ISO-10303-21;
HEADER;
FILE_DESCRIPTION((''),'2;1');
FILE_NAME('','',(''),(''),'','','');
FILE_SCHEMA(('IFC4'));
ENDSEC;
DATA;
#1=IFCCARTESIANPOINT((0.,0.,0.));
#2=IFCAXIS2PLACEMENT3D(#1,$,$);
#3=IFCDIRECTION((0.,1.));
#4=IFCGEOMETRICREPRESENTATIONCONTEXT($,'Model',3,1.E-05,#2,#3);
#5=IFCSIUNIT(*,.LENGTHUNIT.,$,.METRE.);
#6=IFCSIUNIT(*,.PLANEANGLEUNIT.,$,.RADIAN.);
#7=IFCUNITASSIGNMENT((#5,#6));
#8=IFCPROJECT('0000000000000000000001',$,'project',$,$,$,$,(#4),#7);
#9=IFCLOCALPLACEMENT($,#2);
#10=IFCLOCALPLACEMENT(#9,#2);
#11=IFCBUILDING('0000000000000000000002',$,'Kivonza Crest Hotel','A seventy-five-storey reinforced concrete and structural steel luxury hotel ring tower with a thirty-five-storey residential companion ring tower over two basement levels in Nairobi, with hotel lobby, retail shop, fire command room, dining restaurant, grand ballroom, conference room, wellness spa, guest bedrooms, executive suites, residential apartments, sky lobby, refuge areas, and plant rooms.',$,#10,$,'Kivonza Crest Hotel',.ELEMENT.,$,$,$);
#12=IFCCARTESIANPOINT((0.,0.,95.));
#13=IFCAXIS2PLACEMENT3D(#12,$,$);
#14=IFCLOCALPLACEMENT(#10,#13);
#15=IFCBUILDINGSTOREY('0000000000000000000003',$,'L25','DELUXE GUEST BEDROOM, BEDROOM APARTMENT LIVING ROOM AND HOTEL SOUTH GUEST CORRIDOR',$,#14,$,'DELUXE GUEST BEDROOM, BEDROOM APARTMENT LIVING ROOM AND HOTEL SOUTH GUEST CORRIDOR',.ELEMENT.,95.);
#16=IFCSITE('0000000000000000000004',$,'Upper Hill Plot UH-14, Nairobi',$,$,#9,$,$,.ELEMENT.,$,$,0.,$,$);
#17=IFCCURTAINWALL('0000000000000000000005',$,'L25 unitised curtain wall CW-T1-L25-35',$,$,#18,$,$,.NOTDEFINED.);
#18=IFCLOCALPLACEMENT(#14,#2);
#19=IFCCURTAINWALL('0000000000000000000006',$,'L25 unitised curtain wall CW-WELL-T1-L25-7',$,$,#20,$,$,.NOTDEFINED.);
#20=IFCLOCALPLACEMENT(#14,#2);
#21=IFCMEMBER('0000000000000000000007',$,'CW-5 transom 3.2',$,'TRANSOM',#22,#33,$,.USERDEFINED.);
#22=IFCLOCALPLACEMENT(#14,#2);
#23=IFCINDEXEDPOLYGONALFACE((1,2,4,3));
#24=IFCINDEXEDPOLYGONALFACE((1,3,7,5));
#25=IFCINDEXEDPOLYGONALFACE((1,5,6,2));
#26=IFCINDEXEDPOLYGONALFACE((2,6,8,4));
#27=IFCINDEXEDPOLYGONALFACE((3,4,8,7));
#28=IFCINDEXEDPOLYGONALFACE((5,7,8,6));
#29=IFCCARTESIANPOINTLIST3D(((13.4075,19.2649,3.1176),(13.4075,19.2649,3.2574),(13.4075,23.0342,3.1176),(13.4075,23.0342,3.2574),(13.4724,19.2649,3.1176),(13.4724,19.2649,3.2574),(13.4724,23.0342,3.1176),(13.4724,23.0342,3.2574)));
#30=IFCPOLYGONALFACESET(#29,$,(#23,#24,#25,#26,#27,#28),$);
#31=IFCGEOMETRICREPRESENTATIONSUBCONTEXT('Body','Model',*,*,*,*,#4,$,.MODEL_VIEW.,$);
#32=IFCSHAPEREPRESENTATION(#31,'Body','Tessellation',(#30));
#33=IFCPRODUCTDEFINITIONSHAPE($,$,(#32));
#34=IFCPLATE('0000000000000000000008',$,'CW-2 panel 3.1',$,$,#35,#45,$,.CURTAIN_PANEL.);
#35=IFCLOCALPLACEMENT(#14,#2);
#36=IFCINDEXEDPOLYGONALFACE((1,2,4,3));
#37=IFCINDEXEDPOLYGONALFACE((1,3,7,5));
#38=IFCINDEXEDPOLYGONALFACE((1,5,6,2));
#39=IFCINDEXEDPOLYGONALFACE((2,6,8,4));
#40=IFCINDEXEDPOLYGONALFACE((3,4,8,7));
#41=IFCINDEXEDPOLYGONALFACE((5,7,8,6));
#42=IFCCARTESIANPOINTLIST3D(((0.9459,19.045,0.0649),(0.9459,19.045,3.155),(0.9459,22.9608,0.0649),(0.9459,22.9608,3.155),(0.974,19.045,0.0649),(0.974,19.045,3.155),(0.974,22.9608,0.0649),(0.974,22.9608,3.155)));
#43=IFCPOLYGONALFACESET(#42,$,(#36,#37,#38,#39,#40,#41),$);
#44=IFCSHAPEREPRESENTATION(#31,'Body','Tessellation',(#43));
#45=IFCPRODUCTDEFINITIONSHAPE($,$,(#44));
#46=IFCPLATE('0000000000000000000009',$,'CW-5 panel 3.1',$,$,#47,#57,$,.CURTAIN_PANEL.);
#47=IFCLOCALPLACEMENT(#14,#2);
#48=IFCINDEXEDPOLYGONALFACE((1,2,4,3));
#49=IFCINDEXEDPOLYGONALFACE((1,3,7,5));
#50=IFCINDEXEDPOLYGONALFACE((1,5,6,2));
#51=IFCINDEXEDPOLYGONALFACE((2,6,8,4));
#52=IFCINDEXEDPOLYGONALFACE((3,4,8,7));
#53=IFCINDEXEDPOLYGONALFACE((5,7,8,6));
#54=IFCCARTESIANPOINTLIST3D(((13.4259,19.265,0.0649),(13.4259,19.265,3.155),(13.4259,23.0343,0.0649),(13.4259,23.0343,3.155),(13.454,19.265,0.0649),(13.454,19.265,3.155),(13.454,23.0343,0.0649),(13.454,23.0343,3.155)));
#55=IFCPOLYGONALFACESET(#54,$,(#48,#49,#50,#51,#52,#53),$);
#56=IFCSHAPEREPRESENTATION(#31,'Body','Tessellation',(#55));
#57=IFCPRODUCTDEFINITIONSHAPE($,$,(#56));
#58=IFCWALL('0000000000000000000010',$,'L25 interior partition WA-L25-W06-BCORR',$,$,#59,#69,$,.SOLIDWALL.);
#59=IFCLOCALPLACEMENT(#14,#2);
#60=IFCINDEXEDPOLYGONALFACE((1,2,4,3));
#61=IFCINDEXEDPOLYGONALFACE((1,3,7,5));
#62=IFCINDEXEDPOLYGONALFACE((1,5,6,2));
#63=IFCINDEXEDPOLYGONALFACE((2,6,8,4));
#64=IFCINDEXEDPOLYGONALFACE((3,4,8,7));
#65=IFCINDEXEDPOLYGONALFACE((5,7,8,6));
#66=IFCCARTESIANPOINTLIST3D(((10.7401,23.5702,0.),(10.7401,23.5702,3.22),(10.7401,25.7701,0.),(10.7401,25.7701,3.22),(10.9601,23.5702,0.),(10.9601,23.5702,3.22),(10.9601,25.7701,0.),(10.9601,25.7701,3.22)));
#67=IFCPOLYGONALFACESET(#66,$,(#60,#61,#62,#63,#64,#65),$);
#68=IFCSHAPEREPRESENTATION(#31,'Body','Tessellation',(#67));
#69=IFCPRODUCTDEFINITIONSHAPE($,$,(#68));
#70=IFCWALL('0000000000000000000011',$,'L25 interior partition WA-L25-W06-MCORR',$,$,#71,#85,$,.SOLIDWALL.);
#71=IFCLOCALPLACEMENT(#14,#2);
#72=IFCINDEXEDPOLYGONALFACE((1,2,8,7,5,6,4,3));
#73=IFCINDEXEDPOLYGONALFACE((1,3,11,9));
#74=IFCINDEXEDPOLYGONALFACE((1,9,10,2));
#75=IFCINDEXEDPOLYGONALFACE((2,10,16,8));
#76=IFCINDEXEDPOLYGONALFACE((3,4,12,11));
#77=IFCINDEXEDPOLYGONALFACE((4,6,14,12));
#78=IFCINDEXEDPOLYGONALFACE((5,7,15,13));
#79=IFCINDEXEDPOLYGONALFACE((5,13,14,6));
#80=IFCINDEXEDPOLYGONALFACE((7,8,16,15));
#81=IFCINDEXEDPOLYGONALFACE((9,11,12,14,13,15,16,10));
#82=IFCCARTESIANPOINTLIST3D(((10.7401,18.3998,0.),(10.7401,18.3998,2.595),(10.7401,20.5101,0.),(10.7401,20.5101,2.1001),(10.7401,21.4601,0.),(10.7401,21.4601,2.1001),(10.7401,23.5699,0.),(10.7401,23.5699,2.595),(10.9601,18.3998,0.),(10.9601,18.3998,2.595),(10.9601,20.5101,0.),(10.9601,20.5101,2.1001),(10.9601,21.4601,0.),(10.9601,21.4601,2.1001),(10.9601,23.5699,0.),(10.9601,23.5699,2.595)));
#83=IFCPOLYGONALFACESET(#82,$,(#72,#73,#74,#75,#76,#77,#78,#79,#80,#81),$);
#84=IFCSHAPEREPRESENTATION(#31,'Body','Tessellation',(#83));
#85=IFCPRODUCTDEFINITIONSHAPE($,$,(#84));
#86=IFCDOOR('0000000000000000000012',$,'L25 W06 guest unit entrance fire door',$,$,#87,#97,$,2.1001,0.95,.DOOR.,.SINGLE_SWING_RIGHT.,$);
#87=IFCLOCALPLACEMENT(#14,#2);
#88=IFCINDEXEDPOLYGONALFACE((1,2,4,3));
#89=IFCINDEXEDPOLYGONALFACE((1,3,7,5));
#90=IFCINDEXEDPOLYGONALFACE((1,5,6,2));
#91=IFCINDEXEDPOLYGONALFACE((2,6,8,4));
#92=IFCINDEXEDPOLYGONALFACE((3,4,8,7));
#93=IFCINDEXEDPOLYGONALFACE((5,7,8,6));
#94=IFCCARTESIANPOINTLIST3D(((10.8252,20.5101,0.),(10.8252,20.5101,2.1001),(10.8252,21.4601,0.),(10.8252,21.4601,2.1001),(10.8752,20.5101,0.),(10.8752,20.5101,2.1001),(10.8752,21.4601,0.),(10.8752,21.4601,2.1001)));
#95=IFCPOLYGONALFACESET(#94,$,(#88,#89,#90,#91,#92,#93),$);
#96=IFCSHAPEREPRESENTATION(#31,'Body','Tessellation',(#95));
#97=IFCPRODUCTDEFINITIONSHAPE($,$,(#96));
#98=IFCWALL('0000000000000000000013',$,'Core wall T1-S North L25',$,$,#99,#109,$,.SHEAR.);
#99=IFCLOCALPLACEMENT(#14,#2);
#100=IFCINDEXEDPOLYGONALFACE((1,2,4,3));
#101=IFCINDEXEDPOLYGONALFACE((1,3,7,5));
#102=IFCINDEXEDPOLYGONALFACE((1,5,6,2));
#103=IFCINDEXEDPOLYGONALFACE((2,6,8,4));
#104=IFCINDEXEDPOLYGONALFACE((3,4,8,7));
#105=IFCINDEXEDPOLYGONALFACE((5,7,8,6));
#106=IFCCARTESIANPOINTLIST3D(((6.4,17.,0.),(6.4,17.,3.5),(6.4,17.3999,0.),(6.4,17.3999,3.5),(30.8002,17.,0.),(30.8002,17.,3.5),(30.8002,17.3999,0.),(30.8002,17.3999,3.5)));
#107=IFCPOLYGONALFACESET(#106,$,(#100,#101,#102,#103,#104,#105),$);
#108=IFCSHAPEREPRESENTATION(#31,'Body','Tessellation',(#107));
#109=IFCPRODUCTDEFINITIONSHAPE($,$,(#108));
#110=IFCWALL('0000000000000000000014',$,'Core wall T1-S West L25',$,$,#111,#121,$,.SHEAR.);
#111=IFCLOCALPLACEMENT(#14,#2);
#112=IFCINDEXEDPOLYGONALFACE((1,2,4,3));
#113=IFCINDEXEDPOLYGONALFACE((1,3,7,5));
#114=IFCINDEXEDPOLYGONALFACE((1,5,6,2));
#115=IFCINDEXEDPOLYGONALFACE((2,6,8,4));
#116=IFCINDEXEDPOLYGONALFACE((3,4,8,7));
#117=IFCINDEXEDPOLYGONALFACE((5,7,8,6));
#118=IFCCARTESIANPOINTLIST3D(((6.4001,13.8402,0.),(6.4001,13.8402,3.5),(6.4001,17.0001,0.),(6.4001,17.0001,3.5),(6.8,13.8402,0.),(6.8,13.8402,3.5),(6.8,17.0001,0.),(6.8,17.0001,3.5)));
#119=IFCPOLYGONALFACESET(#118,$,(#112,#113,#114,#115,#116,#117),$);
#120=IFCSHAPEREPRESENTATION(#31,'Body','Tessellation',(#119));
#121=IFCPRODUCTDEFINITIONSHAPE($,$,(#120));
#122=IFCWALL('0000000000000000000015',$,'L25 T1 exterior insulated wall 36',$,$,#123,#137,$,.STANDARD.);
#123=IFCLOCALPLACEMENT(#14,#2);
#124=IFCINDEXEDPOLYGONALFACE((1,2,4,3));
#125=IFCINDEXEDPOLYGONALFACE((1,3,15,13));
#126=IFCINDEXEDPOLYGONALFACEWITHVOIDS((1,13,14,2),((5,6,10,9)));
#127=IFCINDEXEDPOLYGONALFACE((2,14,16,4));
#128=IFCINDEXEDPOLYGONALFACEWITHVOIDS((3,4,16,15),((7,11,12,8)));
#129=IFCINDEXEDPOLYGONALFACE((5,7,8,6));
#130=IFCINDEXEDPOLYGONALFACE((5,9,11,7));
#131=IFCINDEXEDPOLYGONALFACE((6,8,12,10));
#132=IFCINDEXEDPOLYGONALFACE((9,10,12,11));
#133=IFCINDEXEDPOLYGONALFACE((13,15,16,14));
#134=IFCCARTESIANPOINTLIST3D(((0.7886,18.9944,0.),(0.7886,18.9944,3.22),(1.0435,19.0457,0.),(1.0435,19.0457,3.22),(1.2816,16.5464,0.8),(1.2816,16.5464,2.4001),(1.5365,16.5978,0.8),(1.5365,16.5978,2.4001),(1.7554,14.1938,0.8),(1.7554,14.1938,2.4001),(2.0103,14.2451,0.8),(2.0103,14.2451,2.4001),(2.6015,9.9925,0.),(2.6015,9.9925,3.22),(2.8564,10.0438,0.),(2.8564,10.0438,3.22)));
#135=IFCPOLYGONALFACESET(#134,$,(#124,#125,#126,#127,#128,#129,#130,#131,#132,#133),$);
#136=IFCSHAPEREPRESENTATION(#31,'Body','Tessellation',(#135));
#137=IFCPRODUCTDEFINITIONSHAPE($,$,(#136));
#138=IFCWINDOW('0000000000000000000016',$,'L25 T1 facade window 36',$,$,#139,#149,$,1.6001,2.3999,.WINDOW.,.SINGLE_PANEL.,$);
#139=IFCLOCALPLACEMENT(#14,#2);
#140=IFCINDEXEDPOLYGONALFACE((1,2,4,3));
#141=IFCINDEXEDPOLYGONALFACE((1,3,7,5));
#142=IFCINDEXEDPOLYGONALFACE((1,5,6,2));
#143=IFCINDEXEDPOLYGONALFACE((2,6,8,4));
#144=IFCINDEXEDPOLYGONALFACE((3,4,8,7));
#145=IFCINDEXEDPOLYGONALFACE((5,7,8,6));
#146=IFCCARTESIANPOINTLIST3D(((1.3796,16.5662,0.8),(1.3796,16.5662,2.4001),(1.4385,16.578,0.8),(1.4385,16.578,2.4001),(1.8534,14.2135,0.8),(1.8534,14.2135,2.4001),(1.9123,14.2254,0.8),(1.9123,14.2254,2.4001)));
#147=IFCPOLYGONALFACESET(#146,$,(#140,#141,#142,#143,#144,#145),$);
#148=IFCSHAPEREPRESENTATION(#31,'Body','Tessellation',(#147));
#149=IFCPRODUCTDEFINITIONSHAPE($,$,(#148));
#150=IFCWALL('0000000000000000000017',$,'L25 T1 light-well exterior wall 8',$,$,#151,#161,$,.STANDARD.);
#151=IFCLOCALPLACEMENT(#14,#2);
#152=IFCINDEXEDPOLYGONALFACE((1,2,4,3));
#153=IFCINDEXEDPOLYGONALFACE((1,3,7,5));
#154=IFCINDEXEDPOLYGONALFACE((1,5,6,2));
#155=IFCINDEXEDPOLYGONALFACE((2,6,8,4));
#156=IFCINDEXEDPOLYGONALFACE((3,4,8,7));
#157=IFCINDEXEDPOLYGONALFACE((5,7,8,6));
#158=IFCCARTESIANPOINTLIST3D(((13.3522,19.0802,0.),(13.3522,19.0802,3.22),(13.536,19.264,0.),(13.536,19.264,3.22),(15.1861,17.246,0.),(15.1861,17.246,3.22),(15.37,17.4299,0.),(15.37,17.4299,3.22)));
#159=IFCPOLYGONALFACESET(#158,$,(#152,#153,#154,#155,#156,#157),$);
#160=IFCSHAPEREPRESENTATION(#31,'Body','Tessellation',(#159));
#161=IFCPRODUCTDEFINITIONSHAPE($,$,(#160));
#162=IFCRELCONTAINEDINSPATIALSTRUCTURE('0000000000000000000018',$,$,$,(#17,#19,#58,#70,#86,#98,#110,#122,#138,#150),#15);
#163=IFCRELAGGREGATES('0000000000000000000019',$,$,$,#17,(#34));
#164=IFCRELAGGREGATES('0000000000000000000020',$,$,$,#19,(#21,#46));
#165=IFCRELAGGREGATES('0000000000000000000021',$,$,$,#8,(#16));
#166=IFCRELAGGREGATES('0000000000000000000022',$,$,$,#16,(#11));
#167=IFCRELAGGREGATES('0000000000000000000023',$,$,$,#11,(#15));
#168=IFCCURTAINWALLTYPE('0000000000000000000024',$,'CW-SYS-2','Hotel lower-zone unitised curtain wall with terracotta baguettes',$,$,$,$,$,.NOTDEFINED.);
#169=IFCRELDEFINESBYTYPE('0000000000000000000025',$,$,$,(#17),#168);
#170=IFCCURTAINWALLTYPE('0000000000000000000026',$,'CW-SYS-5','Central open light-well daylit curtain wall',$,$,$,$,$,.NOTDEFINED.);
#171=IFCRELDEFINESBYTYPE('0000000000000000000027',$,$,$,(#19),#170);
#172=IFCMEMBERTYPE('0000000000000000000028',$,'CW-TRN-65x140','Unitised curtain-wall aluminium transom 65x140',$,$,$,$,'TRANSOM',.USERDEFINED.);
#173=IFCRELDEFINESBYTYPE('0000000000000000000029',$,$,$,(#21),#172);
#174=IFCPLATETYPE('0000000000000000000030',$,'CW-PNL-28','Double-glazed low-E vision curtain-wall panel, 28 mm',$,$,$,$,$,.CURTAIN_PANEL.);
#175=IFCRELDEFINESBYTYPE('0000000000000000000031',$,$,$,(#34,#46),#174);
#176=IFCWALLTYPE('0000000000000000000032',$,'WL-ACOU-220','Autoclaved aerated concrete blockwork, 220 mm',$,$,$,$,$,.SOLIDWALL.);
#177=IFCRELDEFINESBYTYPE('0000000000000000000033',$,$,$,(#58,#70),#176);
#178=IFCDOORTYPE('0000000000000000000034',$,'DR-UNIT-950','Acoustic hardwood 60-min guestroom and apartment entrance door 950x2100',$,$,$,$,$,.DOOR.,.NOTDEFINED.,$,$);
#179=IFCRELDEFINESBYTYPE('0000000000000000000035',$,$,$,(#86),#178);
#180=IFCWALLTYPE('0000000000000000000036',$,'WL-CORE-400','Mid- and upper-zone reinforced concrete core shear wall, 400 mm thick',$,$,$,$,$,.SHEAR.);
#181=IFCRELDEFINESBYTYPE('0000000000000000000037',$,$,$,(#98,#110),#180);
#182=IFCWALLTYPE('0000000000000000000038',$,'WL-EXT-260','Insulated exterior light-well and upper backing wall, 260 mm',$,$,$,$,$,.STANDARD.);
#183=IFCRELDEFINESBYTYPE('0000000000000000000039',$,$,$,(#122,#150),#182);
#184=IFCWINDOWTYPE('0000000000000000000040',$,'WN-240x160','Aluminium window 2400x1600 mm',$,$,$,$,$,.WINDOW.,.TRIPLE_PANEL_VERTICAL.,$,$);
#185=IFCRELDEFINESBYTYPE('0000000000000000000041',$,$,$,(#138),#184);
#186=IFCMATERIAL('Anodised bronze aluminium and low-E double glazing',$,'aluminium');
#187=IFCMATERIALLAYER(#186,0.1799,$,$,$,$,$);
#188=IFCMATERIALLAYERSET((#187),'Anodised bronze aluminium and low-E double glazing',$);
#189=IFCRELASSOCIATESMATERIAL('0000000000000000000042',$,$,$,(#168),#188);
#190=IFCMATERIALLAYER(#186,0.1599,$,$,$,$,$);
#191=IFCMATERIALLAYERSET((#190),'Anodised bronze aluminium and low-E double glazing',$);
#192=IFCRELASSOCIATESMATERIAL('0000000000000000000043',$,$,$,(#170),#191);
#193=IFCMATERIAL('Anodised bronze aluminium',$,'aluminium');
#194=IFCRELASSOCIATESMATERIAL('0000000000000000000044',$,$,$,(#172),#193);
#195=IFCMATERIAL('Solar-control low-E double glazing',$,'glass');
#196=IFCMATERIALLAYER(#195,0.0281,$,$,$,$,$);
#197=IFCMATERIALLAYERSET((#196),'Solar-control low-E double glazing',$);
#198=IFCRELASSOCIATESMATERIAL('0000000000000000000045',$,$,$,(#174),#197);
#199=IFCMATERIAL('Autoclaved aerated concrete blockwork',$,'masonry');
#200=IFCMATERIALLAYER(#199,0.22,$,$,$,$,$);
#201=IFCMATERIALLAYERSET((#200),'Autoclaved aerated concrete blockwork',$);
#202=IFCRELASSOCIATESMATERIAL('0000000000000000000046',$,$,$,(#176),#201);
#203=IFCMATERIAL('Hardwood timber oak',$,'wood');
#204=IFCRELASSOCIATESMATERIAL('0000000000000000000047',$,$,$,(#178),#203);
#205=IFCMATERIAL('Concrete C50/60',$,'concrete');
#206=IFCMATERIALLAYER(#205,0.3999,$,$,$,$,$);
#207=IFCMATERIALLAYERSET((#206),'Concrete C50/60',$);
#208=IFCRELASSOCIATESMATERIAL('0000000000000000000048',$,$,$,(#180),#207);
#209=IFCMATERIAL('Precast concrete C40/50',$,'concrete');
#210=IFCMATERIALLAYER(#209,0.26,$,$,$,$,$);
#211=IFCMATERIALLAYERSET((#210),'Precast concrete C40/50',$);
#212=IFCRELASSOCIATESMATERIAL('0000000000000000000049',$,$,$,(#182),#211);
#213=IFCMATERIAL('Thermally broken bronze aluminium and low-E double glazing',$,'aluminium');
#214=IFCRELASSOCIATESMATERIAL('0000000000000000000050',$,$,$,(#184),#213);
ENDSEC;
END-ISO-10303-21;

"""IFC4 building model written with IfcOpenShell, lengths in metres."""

from ifc_helpers import new_model, si_unit, direction, frame, frame_2d, origin, origin_2d, place, context, subcontext, project, spatial, rectangle, extrude, material, layer, layer_set, material_profile, profile_set, type_object, element, fill, aggregate, save


model = new_model("IFC4")

# Units and contexts
model_context = context("Model", 3, precision=1e-05, world=origin(), true_north=direction((0.0, 1.0)))
body_context = subcontext(model_context, "Body", "Model", "MODEL_VIEW")
ifc_project = project(units=[si_unit("LENGTHUNIT", "METRE"), si_unit("PLANEANGLEUNIT", "RADIAN")], contexts=[model_context])

# Site, building, storey
site_placement = place(None, origin())
site = spatial("IfcSite", under=ifc_project, at=site_placement, Name="Upper Hill Plot UH-14, Nairobi", CompositionType="ELEMENT", RefElevation=0.0)
building_placement = place(site_placement, origin())
building = spatial("IfcBuilding", under=site, at=building_placement, Name="Kivonza Crest Hotel", Description="A seventy-five-storey reinforced concrete and structural steel luxury hotel ring tower with a thirty-five-storey residential companion ring tower over two basement levels in Nairobi, with hotel lobby, retail shop, fire command room, dining restaurant, grand ballroom, conference room, wellness spa, guest bedrooms, executive suites, residential apartments, sky lobby, refuge areas, and plant rooms.", LongName="Kivonza Crest Hotel", CompositionType="ELEMENT")
storey_placement = place(building_placement, frame((0.0, 0.0, 95.0)))
storey = spatial("IfcBuildingStorey", under=building, at=storey_placement, Name="L25", Description="DELUXE GUEST BEDROOM, BEDROOM APARTMENT LIVING ROOM AND HOTEL SOUTH GUEST CORRIDOR", LongName="DELUXE GUEST BEDROOM, BEDROOM APARTMENT LIVING ROOM AND HOTEL SOUTH GUEST CORRIDOR", CompositionType="ELEMENT", Elevation=95.0)

# Shared definitions
ifc_material_1 = material(Name="Concrete C50/60", Category="concrete")

# Curtain walls
ifc_material_2 = material(Name="Anodised bronze aluminium and low-E double glazing", Category="aluminium")
ifc_layer_1 = layer(ifc_material_2, 0.1799)
ifc_layer_set_1 = layer_set([ifc_layer_1], Name="Anodised bronze aluminium and low-E double glazing")
curtain_wall_type_1 = type_object("IfcCurtainWallType", Name="CW-SYS-2", Description="Hotel lower-zone unitised curtain wall with terracotta baguettes", PredefinedType="NOTDEFINED", material=ifc_layer_set_1)
curtain_wall_1_placement = place(storey_placement, origin())
curtain_wall_1 = element("IfcCurtainWall", 1, at=curtain_wall_1_placement, inside=storey, type_object=curtain_wall_type_1, Name="L25 unitised curtain wall CW-T1-L25-35", PredefinedType="NOTDEFINED")
ifc_material_3 = material(Name="Anodised bronze aluminium", Category="aluminium")
ifc_layer_2 = layer(ifc_material_2, 0.1599)
ifc_layer_set_2 = layer_set([ifc_layer_2], Name="Anodised bronze aluminium and low-E double glazing")
curtain_wall_type_2 = type_object("IfcCurtainWallType", Name="CW-SYS-5", Description="Central open light-well daylit curtain wall", PredefinedType="NOTDEFINED", material=ifc_layer_set_2)
curtain_wall_2_placement = place(storey_placement, origin())
curtain_wall_2 = element("IfcCurtainWall", 2, at=curtain_wall_2_placement, inside=storey, type_object=curtain_wall_type_2, Name="L25 unitised curtain wall CW-WELL-T1-L25-7", PredefinedType="NOTDEFINED")

# Member
ifc_material_profile_1 = material_profile(ifc_material_3, rectangle(XDim=0.0649, YDim=0.1399, at=origin_2d()), Name="CW-T 65x140")
ifc_profile_set_1 = profile_set([ifc_material_profile_1], Name="Anodised bronze aluminium")
member_type_1 = type_object("IfcMemberType", Name="CW-TRN-65x140", Description="Unitised curtain-wall aluminium transom 65x140", ElementType="TRANSOM", PredefinedType="USERDEFINED", material=ifc_profile_set_1)
member_1_placement = place(storey_placement, frame((13.4399, 23.0342, 3.1875), z_axis=(0.0, -1.0, 0.0), x_axis=(1.0, 0.0, 0.0)))
member_1 = element("IfcMember", 3, at=member_1_placement, type_object=member_type_1, Name="CW-5 transom 3.2", ObjectType="TRANSOM", PredefinedType="USERDEFINED", context=body_context, shape_type="SweptSolid", body=[
    extrude(rectangle(XDim=0.0649, YDim=0.1399, at=origin_2d()), origin(), (0.0, 0.0, 1.0), 3.7693),
])

# Plates
ifc_material_4 = material(Name="Solar-control low-E double glazing", Category="glass")
ifc_layer_3 = layer(ifc_material_4, 0.0281)
ifc_layer_set_3 = layer_set([ifc_layer_3], Name="Solar-control low-E double glazing")
plate_type = type_object("IfcPlateType", Name="CW-PNL-28", Description="Double-glazed low-E vision curtain-wall panel, 28 mm", PredefinedType="CURTAIN_PANEL", material=ifc_layer_set_3)
plate_1_placement = place(storey_placement, frame((0.96, 21.0029, 0.0649), z_axis=(0.0, 0.0, 1.0), x_axis=(0.0, -1.0, 0.0)))
plate_1 = element("IfcPlate", 4, at=plate_1_placement, type_object=plate_type, Name="CW-2 panel 3.1", PredefinedType="CURTAIN_PANEL", context=body_context, shape_type="SweptSolid", body=[
    extrude(rectangle(XDim=3.9158, YDim=0.0281, at=origin_2d()), origin(), (0.0, 0.0, 1.0), 3.0901),
])
aggregate(curtain_wall_1, [plate_1])
plate_2_placement = place(storey_placement, frame((13.4399, 21.1497, 0.0649), z_axis=(0.0, 0.0, 1.0), x_axis=(0.0, -1.0, 0.0)))
plate_2 = element("IfcPlate", 5, at=plate_2_placement, type_object=plate_type, Name="CW-5 panel 3.1", PredefinedType="CURTAIN_PANEL", context=body_context, shape_type="SweptSolid", body=[
    extrude(rectangle(XDim=3.7693, YDim=0.0281, at=origin_2d()), origin(), (0.0, 0.0, 1.0), 3.0901),
])
aggregate(curtain_wall_2, [member_1, plate_2])

# Wall
ifc_material_5 = material(Name="Autoclaved aerated concrete blockwork", Category="masonry")
ifc_layer_4 = layer(ifc_material_5, 0.22)
ifc_layer_set_4 = layer_set([ifc_layer_4], Name="Autoclaved aerated concrete blockwork")
wall_type_1 = type_object("IfcWallType", Name="WL-ACOU-220", Description="Autoclaved aerated concrete blockwork, 220 mm", PredefinedType="SOLIDWALL", material=ifc_layer_set_4)
wall_1_placement = place(storey_placement, frame((10.8501, 23.5701, 0.0), z_axis=(0.0, 0.0, 1.0), x_axis=(0.0, 1.0, 0.0)))
element("IfcWall", 6, at=wall_1_placement, inside=storey, type_object=wall_type_1, Name="L25 interior partition WA-L25-W06-BCORR", PredefinedType="SOLIDWALL", context=body_context, shape_type="SweptSolid", body=[
    extrude(rectangle(XDim=2.2, YDim=0.22, at=frame_2d((1.1001, 0.0))), origin(), (0.0, 0.0, 1.0), 3.22),
])

# Wall, opening, door
wall_2_placement = place(storey_placement, frame((10.8501, 18.3999, 0.0), z_axis=(0.0, 0.0, 1.0), x_axis=(0.0, 1.0, 0.0)))
wall_2 = element("IfcWall", 7, at=wall_2_placement, inside=storey, type_object=wall_type_1, Name="L25 interior partition WA-L25-W06-MCORR", PredefinedType="SOLIDWALL", context=body_context, shape_type="SweptSolid", body=[
    extrude(rectangle(XDim=5.1702, YDim=0.22, at=frame_2d((2.585, 0.0))), origin(), (0.0, 0.0, 1.0), 2.595),
])
opening_1_placement = place(wall_2_placement, frame((2.1101, 0.0, 0.0)))
opening_1 = element("IfcOpeningElement", 8, at=opening_1_placement, cuts=wall_2, PredefinedType="OPENING", context=body_context, shape_type="SweptSolid", body=[
    extrude(rectangle(XDim=0.95, YDim=2.1001, at=frame_2d((0.4751, 1.05))), frame((0.0, 0.1201, 0.0), z_axis=(0.0, -1.0, 0.0), x_axis=(1.0, 0.0, 0.0)), (0.0, 0.0, 1.0), 0.24),
])
ifc_material_6 = material(Name="Hardwood timber oak", Category="wood")
door_type_1 = type_object("IfcDoorType", Name="DR-UNIT-950", Description="Acoustic hardwood 60-min guestroom and apartment entrance door 950x2100", OperationType="NOTDEFINED", PredefinedType="DOOR", material=ifc_material_6)
door_1_placement = place(opening_1_placement, origin())
door_1 = element("IfcDoor", 9, at=door_1_placement, inside=storey, type_object=door_type_1, Name="L25 W06 guest unit entrance fire door", OperationType="SINGLE_SWING_RIGHT", OverallHeight=2.1001, OverallWidth=0.95, PredefinedType="DOOR", context=body_context, shape_type="SweptSolid", body=[
    extrude(rectangle(XDim=0.95, YDim=2.1001, at=frame_2d((0.4751, 1.05))), frame((0.0, 0.0249, 0.0), z_axis=(0.0, -1.0, 0.0), x_axis=(1.0, 0.0, 0.0)), (0.0, 0.0, 1.0), 0.05),
])
fill(opening_1, door_1)

# Walls
ifc_layer_5 = layer(ifc_material_1, 0.3999)
ifc_layer_set_5 = layer_set([ifc_layer_5], Name="Concrete C50/60")
wall_type_2 = type_object("IfcWallType", Name="WL-CORE-400", Description="Mid- and upper-zone reinforced concrete core shear wall, 400 mm thick", PredefinedType="SHEAR", material=ifc_layer_set_5)
wall_3_placement = place(storey_placement, frame((6.3999, 17.2, 0.0), z_axis=(0.0, 0.0, 1.0), x_axis=(1.0, 0.0, 0.0)))
element("IfcWall", 10, at=wall_3_placement, inside=storey, type_object=wall_type_2, Name="Core wall T1-S North L25", PredefinedType="SHEAR", context=body_context, shape_type="SweptSolid", body=[
    extrude(rectangle(XDim=24.4001, YDim=0.3999, at=frame_2d((12.2002, 0.0))), origin(), (0.0, 0.0, 1.0), 3.5),
])
wall_4_placement = place(storey_placement, frame((6.6001, 13.8401, 0.0), z_axis=(0.0, 0.0, 1.0), x_axis=(0.0, 1.0, 0.0)))
element("IfcWall", 11, at=wall_4_placement, inside=storey, type_object=wall_type_2, Name="Core wall T1-S West L25", PredefinedType="SHEAR", context=body_context, shape_type="SweptSolid", body=[
    extrude(rectangle(XDim=3.1599, YDim=0.3999, at=frame_2d((1.5801, 0.0))), origin(), (0.0, 0.0, 1.0), 3.5),
])

# Wall, opening, window
ifc_material_7 = material(Name="Precast concrete C40/50", Category="concrete")
ifc_layer_6 = layer(ifc_material_7, 0.26)
ifc_layer_set_6 = layer_set([ifc_layer_6], Name="Precast concrete C40/50")
wall_type_3 = type_object("IfcWallType", Name="WL-EXT-260", Description="Insulated exterior light-well and upper backing wall, 260 mm", PredefinedType="STANDARD", material=ifc_layer_set_6)
wall_5_placement = place(storey_placement, frame((0.916, 19.02, 0.0), z_axis=(0.0, 0.0, 1.0), x_axis=(0.197435, -0.980316, 0.0)))
wall_5 = element("IfcWall", 12, at=wall_5_placement, inside=storey, type_object=wall_type_3, Name="L25 T1 exterior insulated wall 36", PredefinedType="STANDARD", context=body_context, shape_type="SweptSolid", body=[
    extrude(rectangle(XDim=9.1826, YDim=0.26, at=frame_2d((4.5913, 0.0))), origin(), (0.0, 0.0, 1.0), 3.22),
])
opening_2_placement = place(wall_5_placement, frame((2.4971, 0.0, 0.8)))
opening_2 = element("IfcOpeningElement", 13, at=opening_2_placement, cuts=wall_5, PredefinedType="OPENING", context=body_context, shape_type="SweptSolid", body=[
    extrude(rectangle(XDim=2.3999, YDim=1.6001, at=frame_2d((1.2, 0.8))), frame((0.0, 0.1401, 0.0), z_axis=(0.0, -1.0, 0.0), x_axis=(1.0, 0.0, 0.0)), (0.0, 0.0, 1.0), 0.28),
])
ifc_material_8 = material(Name="Thermally broken bronze aluminium and low-E double glazing", Category="aluminium")
window_type = type_object("IfcWindowType", Name="WN-240x160", Description="Aluminium window 2400x1600 mm", PartitioningType="TRIPLE_PANEL_VERTICAL", PredefinedType="WINDOW", material=ifc_material_8)
window_placement = place(opening_2_placement, origin())
window = element("IfcWindow", 14, at=window_placement, inside=storey, type_object=window_type, Name="L25 T1 facade window 36", OverallHeight=1.6001, OverallWidth=2.3999, PartitioningType="SINGLE_PANEL", PredefinedType="WINDOW", context=body_context, shape_type="SweptSolid", body=[
    extrude(rectangle(XDim=2.3999, YDim=1.6001, at=frame_2d((1.2, 0.8))), frame((0.0, 0.03, 0.0), z_axis=(0.0, -1.0, 0.0), x_axis=(1.0, 0.0, 0.0)), (0.0, 0.0, 1.0), 0.0601),
])
fill(opening_2, window)

# Wall
wall_6_placement = place(storey_placement, frame((13.4441, 19.1721, 0.0), z_axis=(0.0, 0.0, 1.0), x_axis=(0.70706, -0.707154, 0.0)))
element("IfcWall", 15, at=wall_6_placement, inside=storey, type_object=wall_type_3, Name="L25 T1 light-well exterior wall 8", PredefinedType="STANDARD", context=body_context, shape_type="SweptSolid", body=[
    extrude(rectangle(XDim=2.5938, YDim=0.26, at=frame_2d((1.2969, 0.0))), origin(), (0.0, 0.0, 1.0), 3.22),
])

save(model, "model.ifc")
